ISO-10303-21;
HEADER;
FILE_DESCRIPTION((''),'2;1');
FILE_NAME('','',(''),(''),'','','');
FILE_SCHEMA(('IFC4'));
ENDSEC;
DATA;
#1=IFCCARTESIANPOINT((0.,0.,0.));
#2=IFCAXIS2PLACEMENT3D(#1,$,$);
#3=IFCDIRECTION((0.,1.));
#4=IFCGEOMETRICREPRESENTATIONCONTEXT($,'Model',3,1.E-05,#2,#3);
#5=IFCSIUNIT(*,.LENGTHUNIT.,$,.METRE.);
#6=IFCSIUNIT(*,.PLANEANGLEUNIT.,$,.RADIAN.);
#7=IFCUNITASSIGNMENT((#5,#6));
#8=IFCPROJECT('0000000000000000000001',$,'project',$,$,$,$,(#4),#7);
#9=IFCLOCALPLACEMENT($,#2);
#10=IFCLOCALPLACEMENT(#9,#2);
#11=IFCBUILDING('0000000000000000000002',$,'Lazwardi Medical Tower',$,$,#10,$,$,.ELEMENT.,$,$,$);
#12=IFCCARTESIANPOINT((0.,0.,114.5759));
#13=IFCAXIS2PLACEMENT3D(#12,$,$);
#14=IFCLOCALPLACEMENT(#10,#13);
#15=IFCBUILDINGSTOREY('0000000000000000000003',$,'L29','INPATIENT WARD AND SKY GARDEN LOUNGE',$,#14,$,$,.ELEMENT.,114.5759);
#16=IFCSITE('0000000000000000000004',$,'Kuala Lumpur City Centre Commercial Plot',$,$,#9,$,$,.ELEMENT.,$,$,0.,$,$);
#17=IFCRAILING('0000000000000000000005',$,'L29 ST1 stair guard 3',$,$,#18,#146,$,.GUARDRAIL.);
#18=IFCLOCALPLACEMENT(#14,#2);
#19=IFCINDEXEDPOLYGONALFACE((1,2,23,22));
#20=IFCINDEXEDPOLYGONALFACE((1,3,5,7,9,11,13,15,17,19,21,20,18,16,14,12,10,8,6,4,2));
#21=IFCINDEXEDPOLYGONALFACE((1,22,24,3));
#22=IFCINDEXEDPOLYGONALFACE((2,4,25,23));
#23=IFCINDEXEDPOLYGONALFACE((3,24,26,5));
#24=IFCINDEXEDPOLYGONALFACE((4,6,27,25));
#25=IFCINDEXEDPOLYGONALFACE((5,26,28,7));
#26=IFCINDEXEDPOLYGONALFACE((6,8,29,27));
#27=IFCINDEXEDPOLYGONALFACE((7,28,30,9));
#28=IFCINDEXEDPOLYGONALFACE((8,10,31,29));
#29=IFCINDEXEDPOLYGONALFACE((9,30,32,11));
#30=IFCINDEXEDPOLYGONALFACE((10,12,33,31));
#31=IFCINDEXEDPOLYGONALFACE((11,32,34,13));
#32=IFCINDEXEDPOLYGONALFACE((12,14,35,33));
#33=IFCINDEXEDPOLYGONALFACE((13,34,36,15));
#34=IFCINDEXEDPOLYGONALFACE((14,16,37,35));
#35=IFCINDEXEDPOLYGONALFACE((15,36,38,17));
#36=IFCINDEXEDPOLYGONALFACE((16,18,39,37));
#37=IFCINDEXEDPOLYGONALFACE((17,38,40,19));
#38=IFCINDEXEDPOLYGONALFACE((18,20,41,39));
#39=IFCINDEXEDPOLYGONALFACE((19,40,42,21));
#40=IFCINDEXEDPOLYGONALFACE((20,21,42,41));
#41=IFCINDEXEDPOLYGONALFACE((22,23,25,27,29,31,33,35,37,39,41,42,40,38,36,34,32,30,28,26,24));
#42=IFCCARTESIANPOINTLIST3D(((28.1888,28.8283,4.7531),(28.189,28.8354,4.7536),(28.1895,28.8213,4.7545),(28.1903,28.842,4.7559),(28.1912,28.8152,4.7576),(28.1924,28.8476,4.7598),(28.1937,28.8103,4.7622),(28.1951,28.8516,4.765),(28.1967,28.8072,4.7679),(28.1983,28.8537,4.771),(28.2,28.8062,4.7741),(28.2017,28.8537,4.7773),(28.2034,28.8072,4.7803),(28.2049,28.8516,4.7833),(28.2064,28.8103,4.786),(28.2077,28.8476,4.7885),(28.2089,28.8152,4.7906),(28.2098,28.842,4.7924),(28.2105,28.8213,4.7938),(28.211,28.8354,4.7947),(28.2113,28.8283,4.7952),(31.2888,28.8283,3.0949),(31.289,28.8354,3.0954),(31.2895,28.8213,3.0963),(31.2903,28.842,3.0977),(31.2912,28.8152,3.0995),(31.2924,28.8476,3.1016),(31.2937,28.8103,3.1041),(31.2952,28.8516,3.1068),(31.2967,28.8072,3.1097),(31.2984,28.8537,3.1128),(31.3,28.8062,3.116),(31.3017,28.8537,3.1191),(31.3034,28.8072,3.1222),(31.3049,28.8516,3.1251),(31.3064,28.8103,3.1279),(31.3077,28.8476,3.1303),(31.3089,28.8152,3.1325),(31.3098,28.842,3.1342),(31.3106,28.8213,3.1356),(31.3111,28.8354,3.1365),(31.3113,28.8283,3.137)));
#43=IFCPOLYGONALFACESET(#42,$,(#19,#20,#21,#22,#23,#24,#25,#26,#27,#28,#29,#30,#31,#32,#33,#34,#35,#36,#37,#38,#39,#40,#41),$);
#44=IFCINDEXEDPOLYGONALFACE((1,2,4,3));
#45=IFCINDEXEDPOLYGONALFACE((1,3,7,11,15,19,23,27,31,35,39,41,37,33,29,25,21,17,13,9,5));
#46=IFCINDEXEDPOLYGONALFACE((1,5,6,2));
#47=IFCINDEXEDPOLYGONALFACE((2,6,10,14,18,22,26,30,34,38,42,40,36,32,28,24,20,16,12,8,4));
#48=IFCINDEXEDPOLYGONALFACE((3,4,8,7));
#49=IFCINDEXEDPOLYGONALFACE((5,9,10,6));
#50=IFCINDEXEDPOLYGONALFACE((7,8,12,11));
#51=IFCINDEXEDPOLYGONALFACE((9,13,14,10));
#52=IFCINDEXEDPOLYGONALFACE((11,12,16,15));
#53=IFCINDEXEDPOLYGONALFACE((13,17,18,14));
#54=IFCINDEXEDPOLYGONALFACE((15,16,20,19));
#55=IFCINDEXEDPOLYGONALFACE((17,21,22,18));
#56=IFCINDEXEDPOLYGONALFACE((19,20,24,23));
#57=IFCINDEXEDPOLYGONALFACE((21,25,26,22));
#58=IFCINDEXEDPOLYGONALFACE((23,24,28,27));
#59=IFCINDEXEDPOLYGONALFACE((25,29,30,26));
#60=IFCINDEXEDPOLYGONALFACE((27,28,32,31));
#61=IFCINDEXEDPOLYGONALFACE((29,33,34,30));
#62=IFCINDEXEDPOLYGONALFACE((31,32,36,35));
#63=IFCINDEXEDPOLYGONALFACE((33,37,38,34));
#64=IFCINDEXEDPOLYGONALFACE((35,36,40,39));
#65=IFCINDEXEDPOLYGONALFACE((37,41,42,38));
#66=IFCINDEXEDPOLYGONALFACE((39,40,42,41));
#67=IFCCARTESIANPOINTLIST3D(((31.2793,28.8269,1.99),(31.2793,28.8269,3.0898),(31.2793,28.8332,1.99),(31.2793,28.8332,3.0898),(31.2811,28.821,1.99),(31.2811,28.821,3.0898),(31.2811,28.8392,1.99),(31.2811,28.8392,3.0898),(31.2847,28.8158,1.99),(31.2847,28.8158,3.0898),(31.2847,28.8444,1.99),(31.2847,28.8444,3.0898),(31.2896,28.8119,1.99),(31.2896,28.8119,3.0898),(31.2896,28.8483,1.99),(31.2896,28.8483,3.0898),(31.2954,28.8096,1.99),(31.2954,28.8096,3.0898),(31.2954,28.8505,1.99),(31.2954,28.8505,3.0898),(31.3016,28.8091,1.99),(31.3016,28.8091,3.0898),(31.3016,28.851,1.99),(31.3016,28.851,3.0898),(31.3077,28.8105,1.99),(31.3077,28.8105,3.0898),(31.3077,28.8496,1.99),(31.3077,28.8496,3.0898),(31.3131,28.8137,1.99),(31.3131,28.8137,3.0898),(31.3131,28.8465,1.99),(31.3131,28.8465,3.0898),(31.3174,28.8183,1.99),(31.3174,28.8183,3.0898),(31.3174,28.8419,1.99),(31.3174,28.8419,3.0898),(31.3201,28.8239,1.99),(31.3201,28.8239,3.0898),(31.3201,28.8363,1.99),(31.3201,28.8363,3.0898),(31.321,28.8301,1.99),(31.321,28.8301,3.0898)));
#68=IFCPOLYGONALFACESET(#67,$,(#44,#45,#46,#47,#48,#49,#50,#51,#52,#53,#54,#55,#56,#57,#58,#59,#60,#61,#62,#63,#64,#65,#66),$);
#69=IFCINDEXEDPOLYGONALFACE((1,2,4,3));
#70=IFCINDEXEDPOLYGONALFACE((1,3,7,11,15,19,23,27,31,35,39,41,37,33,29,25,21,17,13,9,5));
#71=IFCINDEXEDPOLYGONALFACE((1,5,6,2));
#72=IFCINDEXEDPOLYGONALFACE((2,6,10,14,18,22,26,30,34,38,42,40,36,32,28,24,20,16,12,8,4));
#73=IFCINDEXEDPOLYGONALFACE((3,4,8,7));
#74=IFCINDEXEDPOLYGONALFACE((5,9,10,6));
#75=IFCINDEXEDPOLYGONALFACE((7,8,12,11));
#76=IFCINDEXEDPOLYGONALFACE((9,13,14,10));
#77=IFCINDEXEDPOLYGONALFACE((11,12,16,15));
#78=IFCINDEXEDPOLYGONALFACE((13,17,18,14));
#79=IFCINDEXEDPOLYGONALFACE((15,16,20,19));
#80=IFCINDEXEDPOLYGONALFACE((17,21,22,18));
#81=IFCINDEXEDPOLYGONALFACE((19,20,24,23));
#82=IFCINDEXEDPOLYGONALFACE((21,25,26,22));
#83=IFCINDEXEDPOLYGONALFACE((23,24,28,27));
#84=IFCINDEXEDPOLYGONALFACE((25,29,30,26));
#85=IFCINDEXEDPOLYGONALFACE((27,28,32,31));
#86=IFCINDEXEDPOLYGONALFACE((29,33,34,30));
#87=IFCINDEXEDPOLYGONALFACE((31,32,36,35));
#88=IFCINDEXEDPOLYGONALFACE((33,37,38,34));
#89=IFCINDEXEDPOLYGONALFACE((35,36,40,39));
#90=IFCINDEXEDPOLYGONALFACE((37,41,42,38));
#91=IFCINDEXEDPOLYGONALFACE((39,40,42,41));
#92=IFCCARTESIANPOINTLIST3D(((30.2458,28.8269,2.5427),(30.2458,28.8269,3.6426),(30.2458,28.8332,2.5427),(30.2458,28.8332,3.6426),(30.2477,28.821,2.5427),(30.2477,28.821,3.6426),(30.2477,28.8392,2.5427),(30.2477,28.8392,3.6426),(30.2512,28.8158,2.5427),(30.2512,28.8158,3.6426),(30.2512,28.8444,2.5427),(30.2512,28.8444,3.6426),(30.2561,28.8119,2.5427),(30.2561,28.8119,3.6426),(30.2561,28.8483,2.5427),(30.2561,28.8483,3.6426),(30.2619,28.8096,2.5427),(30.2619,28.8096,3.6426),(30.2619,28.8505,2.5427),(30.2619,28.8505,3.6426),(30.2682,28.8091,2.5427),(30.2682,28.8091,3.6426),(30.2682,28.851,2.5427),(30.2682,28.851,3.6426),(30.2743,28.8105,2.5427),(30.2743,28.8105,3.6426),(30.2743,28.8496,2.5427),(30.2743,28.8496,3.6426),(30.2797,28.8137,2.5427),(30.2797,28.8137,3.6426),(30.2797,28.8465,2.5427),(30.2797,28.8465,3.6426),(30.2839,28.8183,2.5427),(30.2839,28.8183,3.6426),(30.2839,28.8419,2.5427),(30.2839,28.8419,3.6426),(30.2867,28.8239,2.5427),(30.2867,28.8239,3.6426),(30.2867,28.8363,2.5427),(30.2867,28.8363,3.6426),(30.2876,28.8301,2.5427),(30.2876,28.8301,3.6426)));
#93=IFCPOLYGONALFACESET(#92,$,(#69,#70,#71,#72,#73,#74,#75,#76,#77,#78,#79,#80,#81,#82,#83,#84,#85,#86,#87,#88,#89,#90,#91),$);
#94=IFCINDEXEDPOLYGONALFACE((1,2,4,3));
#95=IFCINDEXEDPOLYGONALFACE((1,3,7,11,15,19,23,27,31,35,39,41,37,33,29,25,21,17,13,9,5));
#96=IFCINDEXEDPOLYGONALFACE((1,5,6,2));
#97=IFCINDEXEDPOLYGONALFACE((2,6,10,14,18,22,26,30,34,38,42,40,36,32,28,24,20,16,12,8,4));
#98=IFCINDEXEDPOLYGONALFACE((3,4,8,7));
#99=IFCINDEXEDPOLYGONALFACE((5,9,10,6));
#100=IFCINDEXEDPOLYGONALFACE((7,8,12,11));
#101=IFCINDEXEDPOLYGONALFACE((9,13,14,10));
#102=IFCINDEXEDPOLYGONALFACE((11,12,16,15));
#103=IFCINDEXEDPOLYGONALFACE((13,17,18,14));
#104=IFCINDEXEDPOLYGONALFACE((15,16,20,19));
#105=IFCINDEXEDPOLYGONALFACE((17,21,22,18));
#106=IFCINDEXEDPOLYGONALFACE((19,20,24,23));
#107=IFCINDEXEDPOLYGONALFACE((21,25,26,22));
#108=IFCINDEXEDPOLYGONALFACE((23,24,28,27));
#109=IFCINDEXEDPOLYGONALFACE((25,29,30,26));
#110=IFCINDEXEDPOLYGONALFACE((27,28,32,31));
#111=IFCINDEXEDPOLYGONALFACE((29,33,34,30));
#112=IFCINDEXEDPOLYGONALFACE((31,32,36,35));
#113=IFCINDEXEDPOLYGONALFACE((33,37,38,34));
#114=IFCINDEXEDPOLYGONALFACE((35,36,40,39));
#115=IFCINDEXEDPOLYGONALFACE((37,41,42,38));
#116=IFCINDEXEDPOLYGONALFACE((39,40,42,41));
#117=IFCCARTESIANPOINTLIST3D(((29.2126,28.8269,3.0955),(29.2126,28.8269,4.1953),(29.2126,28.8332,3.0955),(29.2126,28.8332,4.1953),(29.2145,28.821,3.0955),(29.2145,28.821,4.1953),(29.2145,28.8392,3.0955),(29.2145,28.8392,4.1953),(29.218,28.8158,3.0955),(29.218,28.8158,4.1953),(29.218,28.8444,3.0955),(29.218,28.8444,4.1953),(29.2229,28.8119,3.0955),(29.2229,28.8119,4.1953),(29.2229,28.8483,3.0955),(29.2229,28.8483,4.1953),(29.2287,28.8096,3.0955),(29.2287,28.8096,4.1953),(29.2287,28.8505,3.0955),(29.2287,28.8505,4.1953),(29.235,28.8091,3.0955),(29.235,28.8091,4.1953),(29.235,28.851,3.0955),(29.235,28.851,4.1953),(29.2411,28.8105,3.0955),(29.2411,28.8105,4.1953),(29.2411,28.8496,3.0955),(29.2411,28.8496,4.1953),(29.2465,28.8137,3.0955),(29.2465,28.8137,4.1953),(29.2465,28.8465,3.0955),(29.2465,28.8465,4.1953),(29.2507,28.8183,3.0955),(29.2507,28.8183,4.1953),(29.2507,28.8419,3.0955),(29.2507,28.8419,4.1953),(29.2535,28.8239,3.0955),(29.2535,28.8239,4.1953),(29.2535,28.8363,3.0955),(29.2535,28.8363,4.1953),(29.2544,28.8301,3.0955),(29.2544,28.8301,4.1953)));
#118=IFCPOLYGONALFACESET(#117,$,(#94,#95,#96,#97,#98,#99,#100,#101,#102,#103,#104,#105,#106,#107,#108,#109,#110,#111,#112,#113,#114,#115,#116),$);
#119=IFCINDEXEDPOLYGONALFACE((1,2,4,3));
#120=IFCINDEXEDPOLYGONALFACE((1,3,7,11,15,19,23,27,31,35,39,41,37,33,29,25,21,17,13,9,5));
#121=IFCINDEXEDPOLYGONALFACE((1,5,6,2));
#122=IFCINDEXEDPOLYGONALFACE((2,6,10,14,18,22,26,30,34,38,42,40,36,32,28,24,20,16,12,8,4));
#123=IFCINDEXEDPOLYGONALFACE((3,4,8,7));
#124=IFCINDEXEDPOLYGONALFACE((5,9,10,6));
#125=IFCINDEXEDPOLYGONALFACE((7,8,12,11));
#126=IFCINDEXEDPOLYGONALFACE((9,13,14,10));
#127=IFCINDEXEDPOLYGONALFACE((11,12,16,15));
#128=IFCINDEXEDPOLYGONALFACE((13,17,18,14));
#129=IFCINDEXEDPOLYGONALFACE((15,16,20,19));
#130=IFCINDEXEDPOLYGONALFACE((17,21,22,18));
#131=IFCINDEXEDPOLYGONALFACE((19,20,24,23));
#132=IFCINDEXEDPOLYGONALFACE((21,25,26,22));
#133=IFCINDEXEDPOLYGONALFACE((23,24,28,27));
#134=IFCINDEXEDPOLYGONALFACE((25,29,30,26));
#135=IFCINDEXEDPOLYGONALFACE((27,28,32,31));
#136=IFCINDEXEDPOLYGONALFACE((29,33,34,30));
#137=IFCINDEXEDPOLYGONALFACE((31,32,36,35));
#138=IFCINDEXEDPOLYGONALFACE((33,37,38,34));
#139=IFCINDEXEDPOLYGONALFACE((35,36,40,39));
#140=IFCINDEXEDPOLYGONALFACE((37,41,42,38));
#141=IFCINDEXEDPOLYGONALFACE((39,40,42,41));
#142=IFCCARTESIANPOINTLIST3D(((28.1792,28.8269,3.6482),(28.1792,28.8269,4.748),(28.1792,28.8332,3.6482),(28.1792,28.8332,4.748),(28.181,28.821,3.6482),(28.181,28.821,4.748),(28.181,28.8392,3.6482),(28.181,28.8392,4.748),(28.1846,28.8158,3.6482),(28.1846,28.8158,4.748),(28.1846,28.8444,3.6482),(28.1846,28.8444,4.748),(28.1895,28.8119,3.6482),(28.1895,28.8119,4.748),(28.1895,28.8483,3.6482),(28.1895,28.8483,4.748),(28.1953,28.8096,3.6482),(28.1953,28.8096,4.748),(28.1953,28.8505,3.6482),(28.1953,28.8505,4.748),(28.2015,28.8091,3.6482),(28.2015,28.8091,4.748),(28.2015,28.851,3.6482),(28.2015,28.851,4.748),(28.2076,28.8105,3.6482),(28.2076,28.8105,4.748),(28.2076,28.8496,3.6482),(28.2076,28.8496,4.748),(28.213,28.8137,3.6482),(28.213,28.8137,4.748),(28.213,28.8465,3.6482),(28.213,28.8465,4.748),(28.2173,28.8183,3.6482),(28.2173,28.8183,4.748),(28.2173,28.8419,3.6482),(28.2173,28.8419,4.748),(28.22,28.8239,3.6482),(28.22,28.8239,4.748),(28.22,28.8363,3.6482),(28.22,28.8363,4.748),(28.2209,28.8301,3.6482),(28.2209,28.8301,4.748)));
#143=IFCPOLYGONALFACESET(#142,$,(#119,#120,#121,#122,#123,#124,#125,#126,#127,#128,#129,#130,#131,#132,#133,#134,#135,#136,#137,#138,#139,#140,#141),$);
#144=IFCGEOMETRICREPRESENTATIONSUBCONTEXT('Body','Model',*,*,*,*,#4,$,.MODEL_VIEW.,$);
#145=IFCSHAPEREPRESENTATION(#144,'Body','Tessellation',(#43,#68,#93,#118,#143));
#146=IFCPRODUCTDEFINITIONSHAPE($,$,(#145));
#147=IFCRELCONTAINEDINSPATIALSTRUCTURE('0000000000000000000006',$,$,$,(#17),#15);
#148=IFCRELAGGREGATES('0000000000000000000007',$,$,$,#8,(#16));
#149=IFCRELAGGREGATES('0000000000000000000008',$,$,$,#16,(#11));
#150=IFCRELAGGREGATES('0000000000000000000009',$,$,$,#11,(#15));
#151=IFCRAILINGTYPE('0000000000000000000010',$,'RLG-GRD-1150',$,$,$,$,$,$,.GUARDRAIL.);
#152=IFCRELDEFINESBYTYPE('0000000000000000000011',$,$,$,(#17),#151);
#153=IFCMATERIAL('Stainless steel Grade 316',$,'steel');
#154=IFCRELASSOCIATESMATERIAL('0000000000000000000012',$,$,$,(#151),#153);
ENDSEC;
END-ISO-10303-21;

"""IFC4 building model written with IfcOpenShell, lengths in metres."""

from ifc_helpers import new_model, si_unit, direction, frame, origin, origin_2d, place, context, subcontext, project, spatial, circle, extrude, material, type_object, element, save


model = new_model("IFC4")

# Units and contexts
model_context = context("Model", 3, precision=1e-05, world=origin(), true_north=direction((0.0, 1.0)))
body_context = subcontext(model_context, "Body", "Model", "MODEL_VIEW")
ifc_project = project(units=[si_unit("LENGTHUNIT", "METRE"), si_unit("PLANEANGLEUNIT", "RADIAN")], contexts=[model_context])

# Site, building, storey
site_placement = place(None, origin())
site = spatial("IfcSite", under=ifc_project, at=site_placement, Name="Kuala Lumpur City Centre Commercial Plot", CompositionType="ELEMENT", RefElevation=0.0)
building_placement = place(site_placement, origin())
building = spatial("IfcBuilding", under=site, at=building_placement, Name="Lazwardi Medical Tower", CompositionType="ELEMENT")
storey_placement = place(building_placement, frame((0.0, 0.0, 114.5759)))
storey = spatial("IfcBuildingStorey", under=building, at=storey_placement, Name="L29", Description="INPATIENT WARD AND SKY GARDEN LOUNGE", CompositionType="ELEMENT", Elevation=114.5759)

# Railing
ifc_material_1 = material(Name="Stainless steel Grade 316", Category="steel")
railing_type_1 = type_object("IfcRailingType", Name="RLG-GRD-1150", PredefinedType="GUARDRAIL", material=ifc_material_1)
railing_1_placement = place(storey_placement, frame((31.3, 28.8301, 1.99)))
element("IfcRailing", 1, at=railing_1_placement, inside=storey, type_object=railing_type_1, Name="L29 ST1 stair guard 3", PredefinedType="GUARDRAIL", context=body_context, shape_type="SweptSolid", body=[
    extrude(circle(Radius=0.0239, at=origin_2d()), frame((0.0, 0.0, 1.126), z_axis=(-0.881783, 0.0, 0.471655), x_axis=(0.0, -1.0, 0.0)), (0.0, 0.0, 1.0), 3.5156),
    extrude(circle(Radius=0.021, at=origin_2d()), origin(), (0.0, 0.0, 1.0), 1.0999),
    extrude(circle(Radius=0.021, at=origin_2d()), frame((-1.0334, 0.0, 0.5527)), (0.0, 0.0, 1.0), 1.0999),
    extrude(circle(Radius=0.021, at=origin_2d()), frame((-2.0667, 0.0, 1.1055)), (0.0, 0.0, 1.0), 1.0999),
    extrude(circle(Radius=0.021, at=origin_2d()), frame((-3.1001, 0.0, 1.6582)), (0.0, 0.0, 1.0), 1.0999),
])

save(model, "model.ifc")
